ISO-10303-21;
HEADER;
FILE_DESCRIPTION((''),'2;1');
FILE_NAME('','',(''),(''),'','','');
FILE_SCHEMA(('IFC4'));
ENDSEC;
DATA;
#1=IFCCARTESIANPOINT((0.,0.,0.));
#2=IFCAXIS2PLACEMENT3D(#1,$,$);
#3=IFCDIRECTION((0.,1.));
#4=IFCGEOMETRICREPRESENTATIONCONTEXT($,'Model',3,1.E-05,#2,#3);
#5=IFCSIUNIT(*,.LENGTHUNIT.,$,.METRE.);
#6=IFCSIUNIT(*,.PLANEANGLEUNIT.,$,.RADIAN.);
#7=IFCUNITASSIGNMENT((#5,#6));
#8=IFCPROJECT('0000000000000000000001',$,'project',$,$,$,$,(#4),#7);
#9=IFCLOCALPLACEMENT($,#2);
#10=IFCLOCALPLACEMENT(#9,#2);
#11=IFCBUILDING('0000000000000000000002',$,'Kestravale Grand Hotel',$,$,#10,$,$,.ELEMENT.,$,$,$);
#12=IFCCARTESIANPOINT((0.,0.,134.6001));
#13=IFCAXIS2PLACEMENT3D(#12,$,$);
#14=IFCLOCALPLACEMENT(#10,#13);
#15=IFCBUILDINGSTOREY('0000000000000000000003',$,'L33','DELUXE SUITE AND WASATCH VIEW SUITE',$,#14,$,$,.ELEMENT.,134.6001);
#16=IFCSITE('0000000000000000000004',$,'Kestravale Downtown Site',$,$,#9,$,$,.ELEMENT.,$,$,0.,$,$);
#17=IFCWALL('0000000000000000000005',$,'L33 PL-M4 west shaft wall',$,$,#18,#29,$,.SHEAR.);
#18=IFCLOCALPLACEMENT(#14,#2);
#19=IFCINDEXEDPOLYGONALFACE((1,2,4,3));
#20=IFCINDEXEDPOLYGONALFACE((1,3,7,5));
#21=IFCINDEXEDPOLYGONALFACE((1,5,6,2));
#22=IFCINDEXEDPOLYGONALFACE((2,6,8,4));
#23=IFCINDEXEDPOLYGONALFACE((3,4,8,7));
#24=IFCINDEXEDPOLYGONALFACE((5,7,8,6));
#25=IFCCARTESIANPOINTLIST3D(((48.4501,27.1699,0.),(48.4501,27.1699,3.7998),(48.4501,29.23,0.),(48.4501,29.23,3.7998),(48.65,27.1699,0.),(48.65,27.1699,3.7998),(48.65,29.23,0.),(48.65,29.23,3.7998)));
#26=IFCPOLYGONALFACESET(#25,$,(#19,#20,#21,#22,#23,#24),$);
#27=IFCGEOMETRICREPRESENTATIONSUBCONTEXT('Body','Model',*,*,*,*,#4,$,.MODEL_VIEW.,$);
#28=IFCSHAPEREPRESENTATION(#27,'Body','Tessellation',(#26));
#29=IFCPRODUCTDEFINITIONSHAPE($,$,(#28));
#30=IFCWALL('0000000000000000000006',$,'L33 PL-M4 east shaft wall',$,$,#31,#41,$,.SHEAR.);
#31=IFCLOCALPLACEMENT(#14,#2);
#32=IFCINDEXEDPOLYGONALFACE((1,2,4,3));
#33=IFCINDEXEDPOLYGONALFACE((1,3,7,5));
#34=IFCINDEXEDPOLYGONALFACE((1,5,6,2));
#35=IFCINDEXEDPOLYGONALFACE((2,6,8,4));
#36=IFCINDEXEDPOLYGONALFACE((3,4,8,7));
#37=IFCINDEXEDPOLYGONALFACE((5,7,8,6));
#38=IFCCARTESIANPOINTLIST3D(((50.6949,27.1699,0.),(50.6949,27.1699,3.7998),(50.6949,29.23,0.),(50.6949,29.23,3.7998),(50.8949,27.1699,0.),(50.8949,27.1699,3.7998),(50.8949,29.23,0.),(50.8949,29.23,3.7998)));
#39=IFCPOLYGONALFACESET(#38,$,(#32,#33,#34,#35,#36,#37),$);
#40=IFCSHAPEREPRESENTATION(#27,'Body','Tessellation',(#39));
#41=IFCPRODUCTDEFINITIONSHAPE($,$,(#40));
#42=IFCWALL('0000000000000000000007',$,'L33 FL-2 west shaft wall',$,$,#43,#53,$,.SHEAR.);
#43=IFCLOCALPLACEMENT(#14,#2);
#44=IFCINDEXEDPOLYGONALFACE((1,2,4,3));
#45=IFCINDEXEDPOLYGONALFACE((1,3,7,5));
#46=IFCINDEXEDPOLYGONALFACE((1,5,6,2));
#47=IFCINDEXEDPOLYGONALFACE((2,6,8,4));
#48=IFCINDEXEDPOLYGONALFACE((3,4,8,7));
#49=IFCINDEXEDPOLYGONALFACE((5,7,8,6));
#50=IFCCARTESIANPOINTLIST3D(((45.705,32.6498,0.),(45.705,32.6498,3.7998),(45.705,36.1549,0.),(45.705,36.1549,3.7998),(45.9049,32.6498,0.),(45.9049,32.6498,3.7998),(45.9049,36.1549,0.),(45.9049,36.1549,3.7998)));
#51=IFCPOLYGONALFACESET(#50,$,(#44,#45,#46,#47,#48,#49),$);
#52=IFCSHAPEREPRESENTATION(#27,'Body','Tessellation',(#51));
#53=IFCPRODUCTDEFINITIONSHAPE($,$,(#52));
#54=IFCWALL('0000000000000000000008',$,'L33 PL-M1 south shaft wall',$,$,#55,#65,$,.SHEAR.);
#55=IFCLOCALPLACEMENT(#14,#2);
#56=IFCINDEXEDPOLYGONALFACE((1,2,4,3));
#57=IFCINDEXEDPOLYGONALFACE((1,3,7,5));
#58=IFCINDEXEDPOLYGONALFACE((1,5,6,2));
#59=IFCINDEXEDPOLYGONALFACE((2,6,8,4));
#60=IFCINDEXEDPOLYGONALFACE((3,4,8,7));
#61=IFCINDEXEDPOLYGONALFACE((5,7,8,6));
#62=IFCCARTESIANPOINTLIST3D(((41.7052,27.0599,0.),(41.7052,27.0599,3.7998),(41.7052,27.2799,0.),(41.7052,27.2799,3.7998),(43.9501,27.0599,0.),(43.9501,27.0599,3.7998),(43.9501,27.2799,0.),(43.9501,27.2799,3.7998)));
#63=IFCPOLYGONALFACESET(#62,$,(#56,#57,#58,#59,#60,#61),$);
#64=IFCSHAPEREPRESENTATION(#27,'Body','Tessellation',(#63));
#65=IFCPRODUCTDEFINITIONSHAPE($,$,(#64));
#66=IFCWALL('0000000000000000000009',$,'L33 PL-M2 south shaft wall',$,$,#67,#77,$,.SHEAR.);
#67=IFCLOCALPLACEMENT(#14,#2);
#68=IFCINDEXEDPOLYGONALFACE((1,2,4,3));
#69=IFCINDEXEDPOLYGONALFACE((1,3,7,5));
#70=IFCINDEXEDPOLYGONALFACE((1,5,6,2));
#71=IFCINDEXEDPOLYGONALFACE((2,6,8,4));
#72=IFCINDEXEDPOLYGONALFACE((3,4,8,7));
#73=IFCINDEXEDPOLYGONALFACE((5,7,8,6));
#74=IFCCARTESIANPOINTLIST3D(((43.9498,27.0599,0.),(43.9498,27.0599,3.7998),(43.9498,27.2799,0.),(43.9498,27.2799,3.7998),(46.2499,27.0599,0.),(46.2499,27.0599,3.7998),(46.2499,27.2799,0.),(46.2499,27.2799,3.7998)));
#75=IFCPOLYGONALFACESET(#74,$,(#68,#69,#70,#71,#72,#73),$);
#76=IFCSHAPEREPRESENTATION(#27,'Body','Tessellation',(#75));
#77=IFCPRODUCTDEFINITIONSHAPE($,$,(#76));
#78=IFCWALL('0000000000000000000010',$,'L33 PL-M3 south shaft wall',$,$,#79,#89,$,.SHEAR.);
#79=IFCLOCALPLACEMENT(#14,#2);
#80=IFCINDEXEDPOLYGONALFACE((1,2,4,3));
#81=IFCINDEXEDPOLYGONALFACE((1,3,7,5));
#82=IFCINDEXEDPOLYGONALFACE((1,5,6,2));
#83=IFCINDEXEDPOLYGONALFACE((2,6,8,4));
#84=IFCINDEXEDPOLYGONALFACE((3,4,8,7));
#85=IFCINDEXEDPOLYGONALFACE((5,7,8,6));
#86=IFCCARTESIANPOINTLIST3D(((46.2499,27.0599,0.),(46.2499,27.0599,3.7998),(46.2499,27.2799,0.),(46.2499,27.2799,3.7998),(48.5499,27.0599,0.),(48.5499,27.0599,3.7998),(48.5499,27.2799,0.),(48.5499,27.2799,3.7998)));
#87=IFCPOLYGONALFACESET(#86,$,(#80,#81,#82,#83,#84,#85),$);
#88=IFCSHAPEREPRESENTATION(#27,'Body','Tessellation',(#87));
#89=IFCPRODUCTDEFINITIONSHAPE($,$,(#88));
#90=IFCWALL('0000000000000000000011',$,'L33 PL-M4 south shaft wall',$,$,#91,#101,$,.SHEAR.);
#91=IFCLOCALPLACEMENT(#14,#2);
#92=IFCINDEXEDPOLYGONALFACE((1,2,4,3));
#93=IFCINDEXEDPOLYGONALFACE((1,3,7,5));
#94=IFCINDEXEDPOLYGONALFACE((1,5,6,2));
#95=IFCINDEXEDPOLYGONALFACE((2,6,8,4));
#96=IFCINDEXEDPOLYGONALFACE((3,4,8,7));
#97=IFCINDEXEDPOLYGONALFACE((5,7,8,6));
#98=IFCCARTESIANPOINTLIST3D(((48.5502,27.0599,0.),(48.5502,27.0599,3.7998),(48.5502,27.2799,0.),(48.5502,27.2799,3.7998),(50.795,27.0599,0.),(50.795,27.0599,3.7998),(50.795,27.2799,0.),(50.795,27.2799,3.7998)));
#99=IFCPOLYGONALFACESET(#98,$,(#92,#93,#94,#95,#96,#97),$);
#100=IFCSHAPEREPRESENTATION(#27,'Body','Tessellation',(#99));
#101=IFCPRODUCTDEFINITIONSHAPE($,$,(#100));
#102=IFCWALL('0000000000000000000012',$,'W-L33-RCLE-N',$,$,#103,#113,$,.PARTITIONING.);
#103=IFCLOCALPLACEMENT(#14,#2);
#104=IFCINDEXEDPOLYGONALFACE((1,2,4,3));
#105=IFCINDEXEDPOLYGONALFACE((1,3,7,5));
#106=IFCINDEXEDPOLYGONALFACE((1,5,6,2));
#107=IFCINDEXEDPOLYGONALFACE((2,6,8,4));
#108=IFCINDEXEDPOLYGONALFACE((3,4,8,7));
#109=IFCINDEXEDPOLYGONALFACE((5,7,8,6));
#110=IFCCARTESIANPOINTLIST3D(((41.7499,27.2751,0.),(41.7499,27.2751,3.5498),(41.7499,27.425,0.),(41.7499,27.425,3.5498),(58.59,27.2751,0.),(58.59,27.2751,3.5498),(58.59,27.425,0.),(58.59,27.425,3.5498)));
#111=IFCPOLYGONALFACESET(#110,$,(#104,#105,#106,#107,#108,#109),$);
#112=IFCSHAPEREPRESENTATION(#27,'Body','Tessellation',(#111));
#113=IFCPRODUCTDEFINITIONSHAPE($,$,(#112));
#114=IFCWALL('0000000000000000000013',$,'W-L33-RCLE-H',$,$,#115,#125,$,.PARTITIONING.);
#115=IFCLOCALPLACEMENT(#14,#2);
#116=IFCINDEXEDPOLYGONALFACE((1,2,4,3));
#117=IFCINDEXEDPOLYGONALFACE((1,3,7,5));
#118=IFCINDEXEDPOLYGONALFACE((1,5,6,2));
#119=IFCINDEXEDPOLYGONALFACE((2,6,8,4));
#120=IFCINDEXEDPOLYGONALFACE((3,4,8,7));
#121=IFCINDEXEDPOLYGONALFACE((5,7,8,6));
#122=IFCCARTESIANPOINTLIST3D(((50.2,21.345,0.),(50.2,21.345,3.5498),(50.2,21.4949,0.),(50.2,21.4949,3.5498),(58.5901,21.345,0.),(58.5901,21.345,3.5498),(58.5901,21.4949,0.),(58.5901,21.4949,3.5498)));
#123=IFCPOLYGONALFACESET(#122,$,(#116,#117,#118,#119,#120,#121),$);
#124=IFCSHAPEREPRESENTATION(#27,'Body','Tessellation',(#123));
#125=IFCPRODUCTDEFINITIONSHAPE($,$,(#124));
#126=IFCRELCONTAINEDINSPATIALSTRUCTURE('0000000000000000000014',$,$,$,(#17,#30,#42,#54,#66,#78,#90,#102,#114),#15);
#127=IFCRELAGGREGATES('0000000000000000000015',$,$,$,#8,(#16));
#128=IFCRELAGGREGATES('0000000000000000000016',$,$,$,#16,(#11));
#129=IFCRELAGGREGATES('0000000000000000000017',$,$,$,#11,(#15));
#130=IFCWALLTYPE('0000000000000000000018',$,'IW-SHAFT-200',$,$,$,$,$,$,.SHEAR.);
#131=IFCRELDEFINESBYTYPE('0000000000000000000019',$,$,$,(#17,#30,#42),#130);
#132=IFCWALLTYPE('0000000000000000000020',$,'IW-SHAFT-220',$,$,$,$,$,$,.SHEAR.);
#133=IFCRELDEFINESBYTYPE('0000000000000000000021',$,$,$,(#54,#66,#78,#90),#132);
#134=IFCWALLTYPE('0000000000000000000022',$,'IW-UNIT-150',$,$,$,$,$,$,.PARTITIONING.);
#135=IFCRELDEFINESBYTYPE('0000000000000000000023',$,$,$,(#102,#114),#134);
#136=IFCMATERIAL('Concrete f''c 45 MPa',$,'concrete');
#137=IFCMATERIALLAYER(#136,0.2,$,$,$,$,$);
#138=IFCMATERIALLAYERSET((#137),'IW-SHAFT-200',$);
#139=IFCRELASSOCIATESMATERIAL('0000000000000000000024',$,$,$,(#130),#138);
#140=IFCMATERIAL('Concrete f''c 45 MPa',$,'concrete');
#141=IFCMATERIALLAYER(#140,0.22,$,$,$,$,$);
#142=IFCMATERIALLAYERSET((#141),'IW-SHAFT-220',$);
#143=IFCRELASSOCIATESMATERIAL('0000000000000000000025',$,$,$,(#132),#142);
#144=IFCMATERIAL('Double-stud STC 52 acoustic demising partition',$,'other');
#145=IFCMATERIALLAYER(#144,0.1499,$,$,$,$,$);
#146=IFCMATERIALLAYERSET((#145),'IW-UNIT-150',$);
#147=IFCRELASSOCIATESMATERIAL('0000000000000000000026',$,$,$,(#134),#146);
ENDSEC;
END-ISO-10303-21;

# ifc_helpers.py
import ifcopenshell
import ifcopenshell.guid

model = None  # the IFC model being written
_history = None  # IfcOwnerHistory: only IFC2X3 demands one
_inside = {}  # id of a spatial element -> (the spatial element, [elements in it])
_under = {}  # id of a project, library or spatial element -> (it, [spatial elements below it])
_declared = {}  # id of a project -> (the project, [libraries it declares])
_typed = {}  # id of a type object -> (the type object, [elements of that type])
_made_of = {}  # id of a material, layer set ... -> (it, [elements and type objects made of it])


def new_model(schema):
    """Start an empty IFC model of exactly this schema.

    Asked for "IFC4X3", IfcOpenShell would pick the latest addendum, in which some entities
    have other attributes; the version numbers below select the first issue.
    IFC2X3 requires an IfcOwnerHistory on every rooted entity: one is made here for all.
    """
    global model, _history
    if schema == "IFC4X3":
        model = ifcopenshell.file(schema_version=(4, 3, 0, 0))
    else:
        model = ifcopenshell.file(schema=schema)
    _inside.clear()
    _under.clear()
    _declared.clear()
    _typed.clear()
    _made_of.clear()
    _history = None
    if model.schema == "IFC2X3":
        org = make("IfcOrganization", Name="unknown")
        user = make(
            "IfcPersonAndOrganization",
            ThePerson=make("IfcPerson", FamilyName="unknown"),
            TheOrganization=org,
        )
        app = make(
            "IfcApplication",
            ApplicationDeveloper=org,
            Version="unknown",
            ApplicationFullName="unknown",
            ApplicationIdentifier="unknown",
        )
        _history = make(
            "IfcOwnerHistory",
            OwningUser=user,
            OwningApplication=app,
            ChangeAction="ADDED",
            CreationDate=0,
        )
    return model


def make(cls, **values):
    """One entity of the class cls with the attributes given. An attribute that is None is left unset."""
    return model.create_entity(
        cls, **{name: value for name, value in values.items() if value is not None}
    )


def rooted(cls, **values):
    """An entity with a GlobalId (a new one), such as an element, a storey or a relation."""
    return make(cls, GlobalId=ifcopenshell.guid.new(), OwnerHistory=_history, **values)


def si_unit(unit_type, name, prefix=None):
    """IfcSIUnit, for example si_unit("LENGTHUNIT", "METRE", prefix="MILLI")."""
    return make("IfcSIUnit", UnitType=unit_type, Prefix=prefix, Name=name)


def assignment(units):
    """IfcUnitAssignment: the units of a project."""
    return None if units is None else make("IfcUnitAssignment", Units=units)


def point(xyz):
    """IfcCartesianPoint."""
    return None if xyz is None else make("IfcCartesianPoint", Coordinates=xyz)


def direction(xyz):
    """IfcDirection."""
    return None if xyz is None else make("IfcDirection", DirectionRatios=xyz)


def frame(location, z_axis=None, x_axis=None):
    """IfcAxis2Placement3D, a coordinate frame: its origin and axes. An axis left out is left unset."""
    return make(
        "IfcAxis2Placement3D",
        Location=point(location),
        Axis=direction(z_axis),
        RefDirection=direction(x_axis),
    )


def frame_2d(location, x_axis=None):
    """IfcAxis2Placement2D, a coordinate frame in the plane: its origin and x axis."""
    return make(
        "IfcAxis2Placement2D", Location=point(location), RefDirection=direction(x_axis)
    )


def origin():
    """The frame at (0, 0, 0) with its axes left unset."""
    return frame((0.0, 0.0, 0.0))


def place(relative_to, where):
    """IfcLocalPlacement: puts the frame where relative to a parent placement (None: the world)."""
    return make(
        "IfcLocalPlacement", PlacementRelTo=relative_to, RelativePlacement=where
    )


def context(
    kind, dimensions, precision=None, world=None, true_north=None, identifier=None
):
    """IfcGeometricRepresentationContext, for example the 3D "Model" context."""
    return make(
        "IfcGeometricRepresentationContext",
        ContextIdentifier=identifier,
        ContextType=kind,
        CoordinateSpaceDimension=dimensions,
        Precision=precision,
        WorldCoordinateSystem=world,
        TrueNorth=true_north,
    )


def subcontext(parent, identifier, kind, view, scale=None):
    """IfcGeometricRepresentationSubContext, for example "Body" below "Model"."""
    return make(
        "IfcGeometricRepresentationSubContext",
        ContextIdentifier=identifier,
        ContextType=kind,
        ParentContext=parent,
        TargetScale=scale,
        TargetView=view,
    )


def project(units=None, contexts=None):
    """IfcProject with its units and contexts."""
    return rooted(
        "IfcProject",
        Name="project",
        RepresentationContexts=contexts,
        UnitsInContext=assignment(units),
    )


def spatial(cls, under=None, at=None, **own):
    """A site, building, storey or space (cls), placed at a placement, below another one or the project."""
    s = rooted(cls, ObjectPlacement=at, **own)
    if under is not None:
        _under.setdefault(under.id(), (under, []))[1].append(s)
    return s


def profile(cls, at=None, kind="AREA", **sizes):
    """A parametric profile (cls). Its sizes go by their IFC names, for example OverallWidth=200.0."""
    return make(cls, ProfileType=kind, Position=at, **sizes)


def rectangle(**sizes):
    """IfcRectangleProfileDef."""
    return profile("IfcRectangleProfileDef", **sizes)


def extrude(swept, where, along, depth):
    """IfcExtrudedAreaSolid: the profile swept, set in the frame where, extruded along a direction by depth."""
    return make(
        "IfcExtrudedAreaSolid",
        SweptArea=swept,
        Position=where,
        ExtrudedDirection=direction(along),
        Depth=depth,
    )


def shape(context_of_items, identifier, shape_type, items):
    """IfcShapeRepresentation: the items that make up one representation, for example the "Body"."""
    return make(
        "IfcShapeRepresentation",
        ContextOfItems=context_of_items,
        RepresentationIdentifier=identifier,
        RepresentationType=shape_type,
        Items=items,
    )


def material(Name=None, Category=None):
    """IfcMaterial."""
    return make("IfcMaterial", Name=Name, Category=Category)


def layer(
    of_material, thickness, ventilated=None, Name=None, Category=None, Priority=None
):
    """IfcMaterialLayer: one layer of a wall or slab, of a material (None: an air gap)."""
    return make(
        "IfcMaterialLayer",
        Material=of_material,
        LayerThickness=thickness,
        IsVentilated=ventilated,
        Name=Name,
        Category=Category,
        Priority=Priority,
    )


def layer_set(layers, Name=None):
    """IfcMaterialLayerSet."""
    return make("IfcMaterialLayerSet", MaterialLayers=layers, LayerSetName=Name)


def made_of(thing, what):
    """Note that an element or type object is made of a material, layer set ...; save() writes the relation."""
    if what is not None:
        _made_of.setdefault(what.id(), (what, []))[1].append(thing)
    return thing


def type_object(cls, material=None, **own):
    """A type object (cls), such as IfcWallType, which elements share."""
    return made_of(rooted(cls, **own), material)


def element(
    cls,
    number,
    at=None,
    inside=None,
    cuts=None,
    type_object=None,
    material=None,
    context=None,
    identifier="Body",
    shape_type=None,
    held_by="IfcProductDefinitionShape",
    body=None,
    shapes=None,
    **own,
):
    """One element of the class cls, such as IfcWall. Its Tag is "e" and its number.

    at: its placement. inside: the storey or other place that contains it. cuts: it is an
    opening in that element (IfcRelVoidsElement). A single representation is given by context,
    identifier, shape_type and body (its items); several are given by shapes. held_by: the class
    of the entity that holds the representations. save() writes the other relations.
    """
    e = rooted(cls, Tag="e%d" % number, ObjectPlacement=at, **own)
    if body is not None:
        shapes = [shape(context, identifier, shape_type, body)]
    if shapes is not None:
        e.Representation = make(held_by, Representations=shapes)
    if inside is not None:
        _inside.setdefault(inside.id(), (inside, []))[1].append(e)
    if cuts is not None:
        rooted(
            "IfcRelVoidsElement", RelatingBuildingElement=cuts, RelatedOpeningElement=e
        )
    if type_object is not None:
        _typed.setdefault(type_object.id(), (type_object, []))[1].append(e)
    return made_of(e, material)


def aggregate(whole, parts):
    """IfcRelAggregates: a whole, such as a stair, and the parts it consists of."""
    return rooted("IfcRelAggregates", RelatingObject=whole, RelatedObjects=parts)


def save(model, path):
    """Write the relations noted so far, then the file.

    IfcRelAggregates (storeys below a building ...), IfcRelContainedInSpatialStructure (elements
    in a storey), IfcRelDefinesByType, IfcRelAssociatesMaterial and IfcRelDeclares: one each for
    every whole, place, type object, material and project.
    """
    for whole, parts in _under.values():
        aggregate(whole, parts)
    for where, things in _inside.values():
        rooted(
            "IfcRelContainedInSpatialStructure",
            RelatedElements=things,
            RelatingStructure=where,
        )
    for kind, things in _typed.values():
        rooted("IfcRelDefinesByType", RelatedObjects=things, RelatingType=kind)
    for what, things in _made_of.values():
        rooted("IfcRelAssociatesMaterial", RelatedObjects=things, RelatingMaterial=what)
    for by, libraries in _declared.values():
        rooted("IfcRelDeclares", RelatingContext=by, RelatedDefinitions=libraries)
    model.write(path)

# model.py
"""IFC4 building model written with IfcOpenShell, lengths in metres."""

from ifc_helpers import new_model, si_unit, direction, frame, frame_2d, origin, place, context, subcontext, project, spatial, rectangle, extrude, material, layer, layer_set, type_object, element, save


model = new_model("IFC4")

# Units and contexts
model_context = context("Model", 3, precision=1e-05, world=origin(), true_north=direction((0.0, 1.0)))
body_context = subcontext(model_context, "Body", "Model", "MODEL_VIEW")
ifc_project = project(units=[si_unit("LENGTHUNIT", "METRE"), si_unit("PLANEANGLEUNIT", "RADIAN")], contexts=[model_context])

# Site, building, storey
site_placement = place(None, origin())
site = spatial("IfcSite", under=ifc_project, at=site_placement, Name="Kestravale Downtown Site", CompositionType="ELEMENT", RefElevation=0.0)
building_placement = place(site_placement, origin())
building = spatial("IfcBuilding", under=site, at=building_placement, Name="Kestravale Grand Hotel", CompositionType="ELEMENT")
storey_placement = place(building_placement, frame((0.0, 0.0, 134.6001)))
storey = spatial("IfcBuildingStorey", under=building, at=storey_placement, Name="L33", Description="DELUXE SUITE AND WASATCH VIEW SUITE", CompositionType="ELEMENT", Elevation=134.6001)

# Walls
ifc_material_1 = material(Name="Concrete f'c 45 MPa", Category="concrete")
ifc_layer_1 = layer(ifc_material_1, 0.2)
ifc_layer_set_1 = layer_set([ifc_layer_1], Name="IW-SHAFT-200")
wall_type_1 = type_object("IfcWallType", Name="IW-SHAFT-200", PredefinedType="SHEAR", material=ifc_layer_set_1)
for number, where, z_axis, x_axis, name in (
    (1, (48.55, 27.1699, 0.0), (0.0, 0.0, 1.0), (0.0, 1.0, 0.0), "L33 PL-M4 west shaft wall"),
    (2, (50.7949, 27.1699, 0.0), (0.0, 0.0, 1.0), (0.0, 1.0, 0.0), "L33 PL-M4 east shaft wall"),
):
    element("IfcWall", number, at=place(storey_placement, frame(where, z_axis=z_axis, x_axis=x_axis)), inside=storey, type_object=wall_type_1, Name=name, PredefinedType="SHEAR", context=body_context, shape_type="SweptSolid", body=[
        extrude(rectangle(XDim=2.0601, YDim=0.2, at=frame_2d((1.03, 0.0))), origin(), (0.0, 0.0, 1.0), 3.7998),
    ])
wall_1_placement = place(storey_placement, frame((45.8049, 32.6499, 0.0), z_axis=(0.0, 0.0, 1.0), x_axis=(0.0, 1.0, 0.0)))
element("IfcWall", 3, at=wall_1_placement, inside=storey, type_object=wall_type_1, Name="L33 FL-2 west shaft wall", PredefinedType="SHEAR", context=body_context, shape_type="SweptSolid", body=[
    extrude(rectangle(XDim=3.5051, YDim=0.2, at=frame_2d((1.7524, 0.0))), origin(), (0.0, 0.0, 1.0), 3.7998),
])

# Shared definitions
ifc_material_2 = material(Name="Concrete f'c 45 MPa", Category="concrete")
ifc_layer_2 = layer(ifc_material_2, 0.22)
ifc_layer_set_2 = layer_set([ifc_layer_2], Name="IW-SHAFT-220")
wall_type_2 = type_object("IfcWallType", Name="IW-SHAFT-220", PredefinedType="SHEAR", material=ifc_layer_set_2)

# Wall
wall_2_placement = place(storey_placement, frame((41.7051, 27.1699, 0.0), z_axis=(0.0, 0.0, 1.0), x_axis=(1.0, 0.0, 0.0)))
element("IfcWall", 4, at=wall_2_placement, inside=storey, type_object=wall_type_2, Name="L33 PL-M1 south shaft wall", PredefinedType="SHEAR", context=body_context, shape_type="SweptSolid", body=[
    extrude(rectangle(XDim=2.2449, YDim=0.22, at=frame_2d((1.1226, 0.0))), origin(), (0.0, 0.0, 1.0), 3.7998),
])

# Wall
wall_3_placement = place(storey_placement, frame((43.95, 27.1699, 0.0), z_axis=(0.0, 0.0, 1.0), x_axis=(1.0, 0.0, 0.0)))
element("IfcWall", 5, at=wall_3_placement, inside=storey, type_object=wall_type_2, Name="L33 PL-M2 south shaft wall", PredefinedType="SHEAR", context=body_context, shape_type="SweptSolid", body=[
    extrude(rectangle(XDim=2.3, YDim=0.22, at=frame_2d((1.1499, 0.0))), origin(), (0.0, 0.0, 1.0), 3.7998),
])

# Wall
wall_4_placement = place(storey_placement, frame((46.25, 27.1699, 0.0), z_axis=(0.0, 0.0, 1.0), x_axis=(1.0, 0.0, 0.0)))
element("IfcWall", 6, at=wall_4_placement, inside=storey, type_object=wall_type_2, Name="L33 PL-M3 south shaft wall", PredefinedType="SHEAR", context=body_context, shape_type="SweptSolid", body=[
    extrude(rectangle(XDim=2.3, YDim=0.22, at=frame_2d((1.1499, 0.0))), origin(), (0.0, 0.0, 1.0), 3.7998),
])

# Walls
wall_5_placement = place(storey_placement, frame((48.55, 27.1699, 0.0), z_axis=(0.0, 0.0, 1.0), x_axis=(1.0, 0.0, 0.0)))
element("IfcWall", 7, at=wall_5_placement, inside=storey, type_object=wall_type_2, Name="L33 PL-M4 south shaft wall", PredefinedType="SHEAR", context=body_context, shape_type="SweptSolid", body=[
    extrude(rectangle(XDim=2.2449, YDim=0.22, at=frame_2d((1.1226, 0.0))), origin(), (0.0, 0.0, 1.0), 3.7998),
])
ifc_material_3 = material(Name="Double-stud STC 52 acoustic demising partition", Category="other")
ifc_layer_3 = layer(ifc_material_3, 0.1499)
ifc_layer_set_3 = layer_set([ifc_layer_3], Name="IW-UNIT-150")
wall_type_3 = type_object("IfcWallType", Name="IW-UNIT-150", PredefinedType="PARTITIONING", material=ifc_layer_set_3)
wall_6_placement = place(storey_placement, frame((41.75, 27.3501, 0.0), z_axis=(0.0, 0.0, 1.0), x_axis=(1.0, 0.0, 0.0)))
element("IfcWall", 8, at=wall_6_placement, inside=storey, type_object=wall_type_3, Name="W-L33-RCLE-N", PredefinedType="PARTITIONING", context=body_context, shape_type="SweptSolid", body=[
    extrude(rectangle(XDim=16.8401, YDim=0.1499, at=frame_2d((8.4199, 0.0))), origin(), (0.0, 0.0, 1.0), 3.5498),
])
wall_7_placement = place(storey_placement, frame((50.2, 21.4199, 0.0), z_axis=(0.0, 0.0, 1.0), x_axis=(1.0, 0.0, 0.0)))
element("IfcWall", 9, at=wall_7_placement, inside=storey, type_object=wall_type_3, Name="W-L33-RCLE-H", PredefinedType="PARTITIONING", context=body_context, shape_type="SweptSolid", body=[
    extrude(rectangle(XDim=8.3901, YDim=0.1499, at=frame_2d((4.1951, 0.0))), origin(), (0.0, 0.0, 1.0), 3.5498),
])

save(model, "model.ifc")
